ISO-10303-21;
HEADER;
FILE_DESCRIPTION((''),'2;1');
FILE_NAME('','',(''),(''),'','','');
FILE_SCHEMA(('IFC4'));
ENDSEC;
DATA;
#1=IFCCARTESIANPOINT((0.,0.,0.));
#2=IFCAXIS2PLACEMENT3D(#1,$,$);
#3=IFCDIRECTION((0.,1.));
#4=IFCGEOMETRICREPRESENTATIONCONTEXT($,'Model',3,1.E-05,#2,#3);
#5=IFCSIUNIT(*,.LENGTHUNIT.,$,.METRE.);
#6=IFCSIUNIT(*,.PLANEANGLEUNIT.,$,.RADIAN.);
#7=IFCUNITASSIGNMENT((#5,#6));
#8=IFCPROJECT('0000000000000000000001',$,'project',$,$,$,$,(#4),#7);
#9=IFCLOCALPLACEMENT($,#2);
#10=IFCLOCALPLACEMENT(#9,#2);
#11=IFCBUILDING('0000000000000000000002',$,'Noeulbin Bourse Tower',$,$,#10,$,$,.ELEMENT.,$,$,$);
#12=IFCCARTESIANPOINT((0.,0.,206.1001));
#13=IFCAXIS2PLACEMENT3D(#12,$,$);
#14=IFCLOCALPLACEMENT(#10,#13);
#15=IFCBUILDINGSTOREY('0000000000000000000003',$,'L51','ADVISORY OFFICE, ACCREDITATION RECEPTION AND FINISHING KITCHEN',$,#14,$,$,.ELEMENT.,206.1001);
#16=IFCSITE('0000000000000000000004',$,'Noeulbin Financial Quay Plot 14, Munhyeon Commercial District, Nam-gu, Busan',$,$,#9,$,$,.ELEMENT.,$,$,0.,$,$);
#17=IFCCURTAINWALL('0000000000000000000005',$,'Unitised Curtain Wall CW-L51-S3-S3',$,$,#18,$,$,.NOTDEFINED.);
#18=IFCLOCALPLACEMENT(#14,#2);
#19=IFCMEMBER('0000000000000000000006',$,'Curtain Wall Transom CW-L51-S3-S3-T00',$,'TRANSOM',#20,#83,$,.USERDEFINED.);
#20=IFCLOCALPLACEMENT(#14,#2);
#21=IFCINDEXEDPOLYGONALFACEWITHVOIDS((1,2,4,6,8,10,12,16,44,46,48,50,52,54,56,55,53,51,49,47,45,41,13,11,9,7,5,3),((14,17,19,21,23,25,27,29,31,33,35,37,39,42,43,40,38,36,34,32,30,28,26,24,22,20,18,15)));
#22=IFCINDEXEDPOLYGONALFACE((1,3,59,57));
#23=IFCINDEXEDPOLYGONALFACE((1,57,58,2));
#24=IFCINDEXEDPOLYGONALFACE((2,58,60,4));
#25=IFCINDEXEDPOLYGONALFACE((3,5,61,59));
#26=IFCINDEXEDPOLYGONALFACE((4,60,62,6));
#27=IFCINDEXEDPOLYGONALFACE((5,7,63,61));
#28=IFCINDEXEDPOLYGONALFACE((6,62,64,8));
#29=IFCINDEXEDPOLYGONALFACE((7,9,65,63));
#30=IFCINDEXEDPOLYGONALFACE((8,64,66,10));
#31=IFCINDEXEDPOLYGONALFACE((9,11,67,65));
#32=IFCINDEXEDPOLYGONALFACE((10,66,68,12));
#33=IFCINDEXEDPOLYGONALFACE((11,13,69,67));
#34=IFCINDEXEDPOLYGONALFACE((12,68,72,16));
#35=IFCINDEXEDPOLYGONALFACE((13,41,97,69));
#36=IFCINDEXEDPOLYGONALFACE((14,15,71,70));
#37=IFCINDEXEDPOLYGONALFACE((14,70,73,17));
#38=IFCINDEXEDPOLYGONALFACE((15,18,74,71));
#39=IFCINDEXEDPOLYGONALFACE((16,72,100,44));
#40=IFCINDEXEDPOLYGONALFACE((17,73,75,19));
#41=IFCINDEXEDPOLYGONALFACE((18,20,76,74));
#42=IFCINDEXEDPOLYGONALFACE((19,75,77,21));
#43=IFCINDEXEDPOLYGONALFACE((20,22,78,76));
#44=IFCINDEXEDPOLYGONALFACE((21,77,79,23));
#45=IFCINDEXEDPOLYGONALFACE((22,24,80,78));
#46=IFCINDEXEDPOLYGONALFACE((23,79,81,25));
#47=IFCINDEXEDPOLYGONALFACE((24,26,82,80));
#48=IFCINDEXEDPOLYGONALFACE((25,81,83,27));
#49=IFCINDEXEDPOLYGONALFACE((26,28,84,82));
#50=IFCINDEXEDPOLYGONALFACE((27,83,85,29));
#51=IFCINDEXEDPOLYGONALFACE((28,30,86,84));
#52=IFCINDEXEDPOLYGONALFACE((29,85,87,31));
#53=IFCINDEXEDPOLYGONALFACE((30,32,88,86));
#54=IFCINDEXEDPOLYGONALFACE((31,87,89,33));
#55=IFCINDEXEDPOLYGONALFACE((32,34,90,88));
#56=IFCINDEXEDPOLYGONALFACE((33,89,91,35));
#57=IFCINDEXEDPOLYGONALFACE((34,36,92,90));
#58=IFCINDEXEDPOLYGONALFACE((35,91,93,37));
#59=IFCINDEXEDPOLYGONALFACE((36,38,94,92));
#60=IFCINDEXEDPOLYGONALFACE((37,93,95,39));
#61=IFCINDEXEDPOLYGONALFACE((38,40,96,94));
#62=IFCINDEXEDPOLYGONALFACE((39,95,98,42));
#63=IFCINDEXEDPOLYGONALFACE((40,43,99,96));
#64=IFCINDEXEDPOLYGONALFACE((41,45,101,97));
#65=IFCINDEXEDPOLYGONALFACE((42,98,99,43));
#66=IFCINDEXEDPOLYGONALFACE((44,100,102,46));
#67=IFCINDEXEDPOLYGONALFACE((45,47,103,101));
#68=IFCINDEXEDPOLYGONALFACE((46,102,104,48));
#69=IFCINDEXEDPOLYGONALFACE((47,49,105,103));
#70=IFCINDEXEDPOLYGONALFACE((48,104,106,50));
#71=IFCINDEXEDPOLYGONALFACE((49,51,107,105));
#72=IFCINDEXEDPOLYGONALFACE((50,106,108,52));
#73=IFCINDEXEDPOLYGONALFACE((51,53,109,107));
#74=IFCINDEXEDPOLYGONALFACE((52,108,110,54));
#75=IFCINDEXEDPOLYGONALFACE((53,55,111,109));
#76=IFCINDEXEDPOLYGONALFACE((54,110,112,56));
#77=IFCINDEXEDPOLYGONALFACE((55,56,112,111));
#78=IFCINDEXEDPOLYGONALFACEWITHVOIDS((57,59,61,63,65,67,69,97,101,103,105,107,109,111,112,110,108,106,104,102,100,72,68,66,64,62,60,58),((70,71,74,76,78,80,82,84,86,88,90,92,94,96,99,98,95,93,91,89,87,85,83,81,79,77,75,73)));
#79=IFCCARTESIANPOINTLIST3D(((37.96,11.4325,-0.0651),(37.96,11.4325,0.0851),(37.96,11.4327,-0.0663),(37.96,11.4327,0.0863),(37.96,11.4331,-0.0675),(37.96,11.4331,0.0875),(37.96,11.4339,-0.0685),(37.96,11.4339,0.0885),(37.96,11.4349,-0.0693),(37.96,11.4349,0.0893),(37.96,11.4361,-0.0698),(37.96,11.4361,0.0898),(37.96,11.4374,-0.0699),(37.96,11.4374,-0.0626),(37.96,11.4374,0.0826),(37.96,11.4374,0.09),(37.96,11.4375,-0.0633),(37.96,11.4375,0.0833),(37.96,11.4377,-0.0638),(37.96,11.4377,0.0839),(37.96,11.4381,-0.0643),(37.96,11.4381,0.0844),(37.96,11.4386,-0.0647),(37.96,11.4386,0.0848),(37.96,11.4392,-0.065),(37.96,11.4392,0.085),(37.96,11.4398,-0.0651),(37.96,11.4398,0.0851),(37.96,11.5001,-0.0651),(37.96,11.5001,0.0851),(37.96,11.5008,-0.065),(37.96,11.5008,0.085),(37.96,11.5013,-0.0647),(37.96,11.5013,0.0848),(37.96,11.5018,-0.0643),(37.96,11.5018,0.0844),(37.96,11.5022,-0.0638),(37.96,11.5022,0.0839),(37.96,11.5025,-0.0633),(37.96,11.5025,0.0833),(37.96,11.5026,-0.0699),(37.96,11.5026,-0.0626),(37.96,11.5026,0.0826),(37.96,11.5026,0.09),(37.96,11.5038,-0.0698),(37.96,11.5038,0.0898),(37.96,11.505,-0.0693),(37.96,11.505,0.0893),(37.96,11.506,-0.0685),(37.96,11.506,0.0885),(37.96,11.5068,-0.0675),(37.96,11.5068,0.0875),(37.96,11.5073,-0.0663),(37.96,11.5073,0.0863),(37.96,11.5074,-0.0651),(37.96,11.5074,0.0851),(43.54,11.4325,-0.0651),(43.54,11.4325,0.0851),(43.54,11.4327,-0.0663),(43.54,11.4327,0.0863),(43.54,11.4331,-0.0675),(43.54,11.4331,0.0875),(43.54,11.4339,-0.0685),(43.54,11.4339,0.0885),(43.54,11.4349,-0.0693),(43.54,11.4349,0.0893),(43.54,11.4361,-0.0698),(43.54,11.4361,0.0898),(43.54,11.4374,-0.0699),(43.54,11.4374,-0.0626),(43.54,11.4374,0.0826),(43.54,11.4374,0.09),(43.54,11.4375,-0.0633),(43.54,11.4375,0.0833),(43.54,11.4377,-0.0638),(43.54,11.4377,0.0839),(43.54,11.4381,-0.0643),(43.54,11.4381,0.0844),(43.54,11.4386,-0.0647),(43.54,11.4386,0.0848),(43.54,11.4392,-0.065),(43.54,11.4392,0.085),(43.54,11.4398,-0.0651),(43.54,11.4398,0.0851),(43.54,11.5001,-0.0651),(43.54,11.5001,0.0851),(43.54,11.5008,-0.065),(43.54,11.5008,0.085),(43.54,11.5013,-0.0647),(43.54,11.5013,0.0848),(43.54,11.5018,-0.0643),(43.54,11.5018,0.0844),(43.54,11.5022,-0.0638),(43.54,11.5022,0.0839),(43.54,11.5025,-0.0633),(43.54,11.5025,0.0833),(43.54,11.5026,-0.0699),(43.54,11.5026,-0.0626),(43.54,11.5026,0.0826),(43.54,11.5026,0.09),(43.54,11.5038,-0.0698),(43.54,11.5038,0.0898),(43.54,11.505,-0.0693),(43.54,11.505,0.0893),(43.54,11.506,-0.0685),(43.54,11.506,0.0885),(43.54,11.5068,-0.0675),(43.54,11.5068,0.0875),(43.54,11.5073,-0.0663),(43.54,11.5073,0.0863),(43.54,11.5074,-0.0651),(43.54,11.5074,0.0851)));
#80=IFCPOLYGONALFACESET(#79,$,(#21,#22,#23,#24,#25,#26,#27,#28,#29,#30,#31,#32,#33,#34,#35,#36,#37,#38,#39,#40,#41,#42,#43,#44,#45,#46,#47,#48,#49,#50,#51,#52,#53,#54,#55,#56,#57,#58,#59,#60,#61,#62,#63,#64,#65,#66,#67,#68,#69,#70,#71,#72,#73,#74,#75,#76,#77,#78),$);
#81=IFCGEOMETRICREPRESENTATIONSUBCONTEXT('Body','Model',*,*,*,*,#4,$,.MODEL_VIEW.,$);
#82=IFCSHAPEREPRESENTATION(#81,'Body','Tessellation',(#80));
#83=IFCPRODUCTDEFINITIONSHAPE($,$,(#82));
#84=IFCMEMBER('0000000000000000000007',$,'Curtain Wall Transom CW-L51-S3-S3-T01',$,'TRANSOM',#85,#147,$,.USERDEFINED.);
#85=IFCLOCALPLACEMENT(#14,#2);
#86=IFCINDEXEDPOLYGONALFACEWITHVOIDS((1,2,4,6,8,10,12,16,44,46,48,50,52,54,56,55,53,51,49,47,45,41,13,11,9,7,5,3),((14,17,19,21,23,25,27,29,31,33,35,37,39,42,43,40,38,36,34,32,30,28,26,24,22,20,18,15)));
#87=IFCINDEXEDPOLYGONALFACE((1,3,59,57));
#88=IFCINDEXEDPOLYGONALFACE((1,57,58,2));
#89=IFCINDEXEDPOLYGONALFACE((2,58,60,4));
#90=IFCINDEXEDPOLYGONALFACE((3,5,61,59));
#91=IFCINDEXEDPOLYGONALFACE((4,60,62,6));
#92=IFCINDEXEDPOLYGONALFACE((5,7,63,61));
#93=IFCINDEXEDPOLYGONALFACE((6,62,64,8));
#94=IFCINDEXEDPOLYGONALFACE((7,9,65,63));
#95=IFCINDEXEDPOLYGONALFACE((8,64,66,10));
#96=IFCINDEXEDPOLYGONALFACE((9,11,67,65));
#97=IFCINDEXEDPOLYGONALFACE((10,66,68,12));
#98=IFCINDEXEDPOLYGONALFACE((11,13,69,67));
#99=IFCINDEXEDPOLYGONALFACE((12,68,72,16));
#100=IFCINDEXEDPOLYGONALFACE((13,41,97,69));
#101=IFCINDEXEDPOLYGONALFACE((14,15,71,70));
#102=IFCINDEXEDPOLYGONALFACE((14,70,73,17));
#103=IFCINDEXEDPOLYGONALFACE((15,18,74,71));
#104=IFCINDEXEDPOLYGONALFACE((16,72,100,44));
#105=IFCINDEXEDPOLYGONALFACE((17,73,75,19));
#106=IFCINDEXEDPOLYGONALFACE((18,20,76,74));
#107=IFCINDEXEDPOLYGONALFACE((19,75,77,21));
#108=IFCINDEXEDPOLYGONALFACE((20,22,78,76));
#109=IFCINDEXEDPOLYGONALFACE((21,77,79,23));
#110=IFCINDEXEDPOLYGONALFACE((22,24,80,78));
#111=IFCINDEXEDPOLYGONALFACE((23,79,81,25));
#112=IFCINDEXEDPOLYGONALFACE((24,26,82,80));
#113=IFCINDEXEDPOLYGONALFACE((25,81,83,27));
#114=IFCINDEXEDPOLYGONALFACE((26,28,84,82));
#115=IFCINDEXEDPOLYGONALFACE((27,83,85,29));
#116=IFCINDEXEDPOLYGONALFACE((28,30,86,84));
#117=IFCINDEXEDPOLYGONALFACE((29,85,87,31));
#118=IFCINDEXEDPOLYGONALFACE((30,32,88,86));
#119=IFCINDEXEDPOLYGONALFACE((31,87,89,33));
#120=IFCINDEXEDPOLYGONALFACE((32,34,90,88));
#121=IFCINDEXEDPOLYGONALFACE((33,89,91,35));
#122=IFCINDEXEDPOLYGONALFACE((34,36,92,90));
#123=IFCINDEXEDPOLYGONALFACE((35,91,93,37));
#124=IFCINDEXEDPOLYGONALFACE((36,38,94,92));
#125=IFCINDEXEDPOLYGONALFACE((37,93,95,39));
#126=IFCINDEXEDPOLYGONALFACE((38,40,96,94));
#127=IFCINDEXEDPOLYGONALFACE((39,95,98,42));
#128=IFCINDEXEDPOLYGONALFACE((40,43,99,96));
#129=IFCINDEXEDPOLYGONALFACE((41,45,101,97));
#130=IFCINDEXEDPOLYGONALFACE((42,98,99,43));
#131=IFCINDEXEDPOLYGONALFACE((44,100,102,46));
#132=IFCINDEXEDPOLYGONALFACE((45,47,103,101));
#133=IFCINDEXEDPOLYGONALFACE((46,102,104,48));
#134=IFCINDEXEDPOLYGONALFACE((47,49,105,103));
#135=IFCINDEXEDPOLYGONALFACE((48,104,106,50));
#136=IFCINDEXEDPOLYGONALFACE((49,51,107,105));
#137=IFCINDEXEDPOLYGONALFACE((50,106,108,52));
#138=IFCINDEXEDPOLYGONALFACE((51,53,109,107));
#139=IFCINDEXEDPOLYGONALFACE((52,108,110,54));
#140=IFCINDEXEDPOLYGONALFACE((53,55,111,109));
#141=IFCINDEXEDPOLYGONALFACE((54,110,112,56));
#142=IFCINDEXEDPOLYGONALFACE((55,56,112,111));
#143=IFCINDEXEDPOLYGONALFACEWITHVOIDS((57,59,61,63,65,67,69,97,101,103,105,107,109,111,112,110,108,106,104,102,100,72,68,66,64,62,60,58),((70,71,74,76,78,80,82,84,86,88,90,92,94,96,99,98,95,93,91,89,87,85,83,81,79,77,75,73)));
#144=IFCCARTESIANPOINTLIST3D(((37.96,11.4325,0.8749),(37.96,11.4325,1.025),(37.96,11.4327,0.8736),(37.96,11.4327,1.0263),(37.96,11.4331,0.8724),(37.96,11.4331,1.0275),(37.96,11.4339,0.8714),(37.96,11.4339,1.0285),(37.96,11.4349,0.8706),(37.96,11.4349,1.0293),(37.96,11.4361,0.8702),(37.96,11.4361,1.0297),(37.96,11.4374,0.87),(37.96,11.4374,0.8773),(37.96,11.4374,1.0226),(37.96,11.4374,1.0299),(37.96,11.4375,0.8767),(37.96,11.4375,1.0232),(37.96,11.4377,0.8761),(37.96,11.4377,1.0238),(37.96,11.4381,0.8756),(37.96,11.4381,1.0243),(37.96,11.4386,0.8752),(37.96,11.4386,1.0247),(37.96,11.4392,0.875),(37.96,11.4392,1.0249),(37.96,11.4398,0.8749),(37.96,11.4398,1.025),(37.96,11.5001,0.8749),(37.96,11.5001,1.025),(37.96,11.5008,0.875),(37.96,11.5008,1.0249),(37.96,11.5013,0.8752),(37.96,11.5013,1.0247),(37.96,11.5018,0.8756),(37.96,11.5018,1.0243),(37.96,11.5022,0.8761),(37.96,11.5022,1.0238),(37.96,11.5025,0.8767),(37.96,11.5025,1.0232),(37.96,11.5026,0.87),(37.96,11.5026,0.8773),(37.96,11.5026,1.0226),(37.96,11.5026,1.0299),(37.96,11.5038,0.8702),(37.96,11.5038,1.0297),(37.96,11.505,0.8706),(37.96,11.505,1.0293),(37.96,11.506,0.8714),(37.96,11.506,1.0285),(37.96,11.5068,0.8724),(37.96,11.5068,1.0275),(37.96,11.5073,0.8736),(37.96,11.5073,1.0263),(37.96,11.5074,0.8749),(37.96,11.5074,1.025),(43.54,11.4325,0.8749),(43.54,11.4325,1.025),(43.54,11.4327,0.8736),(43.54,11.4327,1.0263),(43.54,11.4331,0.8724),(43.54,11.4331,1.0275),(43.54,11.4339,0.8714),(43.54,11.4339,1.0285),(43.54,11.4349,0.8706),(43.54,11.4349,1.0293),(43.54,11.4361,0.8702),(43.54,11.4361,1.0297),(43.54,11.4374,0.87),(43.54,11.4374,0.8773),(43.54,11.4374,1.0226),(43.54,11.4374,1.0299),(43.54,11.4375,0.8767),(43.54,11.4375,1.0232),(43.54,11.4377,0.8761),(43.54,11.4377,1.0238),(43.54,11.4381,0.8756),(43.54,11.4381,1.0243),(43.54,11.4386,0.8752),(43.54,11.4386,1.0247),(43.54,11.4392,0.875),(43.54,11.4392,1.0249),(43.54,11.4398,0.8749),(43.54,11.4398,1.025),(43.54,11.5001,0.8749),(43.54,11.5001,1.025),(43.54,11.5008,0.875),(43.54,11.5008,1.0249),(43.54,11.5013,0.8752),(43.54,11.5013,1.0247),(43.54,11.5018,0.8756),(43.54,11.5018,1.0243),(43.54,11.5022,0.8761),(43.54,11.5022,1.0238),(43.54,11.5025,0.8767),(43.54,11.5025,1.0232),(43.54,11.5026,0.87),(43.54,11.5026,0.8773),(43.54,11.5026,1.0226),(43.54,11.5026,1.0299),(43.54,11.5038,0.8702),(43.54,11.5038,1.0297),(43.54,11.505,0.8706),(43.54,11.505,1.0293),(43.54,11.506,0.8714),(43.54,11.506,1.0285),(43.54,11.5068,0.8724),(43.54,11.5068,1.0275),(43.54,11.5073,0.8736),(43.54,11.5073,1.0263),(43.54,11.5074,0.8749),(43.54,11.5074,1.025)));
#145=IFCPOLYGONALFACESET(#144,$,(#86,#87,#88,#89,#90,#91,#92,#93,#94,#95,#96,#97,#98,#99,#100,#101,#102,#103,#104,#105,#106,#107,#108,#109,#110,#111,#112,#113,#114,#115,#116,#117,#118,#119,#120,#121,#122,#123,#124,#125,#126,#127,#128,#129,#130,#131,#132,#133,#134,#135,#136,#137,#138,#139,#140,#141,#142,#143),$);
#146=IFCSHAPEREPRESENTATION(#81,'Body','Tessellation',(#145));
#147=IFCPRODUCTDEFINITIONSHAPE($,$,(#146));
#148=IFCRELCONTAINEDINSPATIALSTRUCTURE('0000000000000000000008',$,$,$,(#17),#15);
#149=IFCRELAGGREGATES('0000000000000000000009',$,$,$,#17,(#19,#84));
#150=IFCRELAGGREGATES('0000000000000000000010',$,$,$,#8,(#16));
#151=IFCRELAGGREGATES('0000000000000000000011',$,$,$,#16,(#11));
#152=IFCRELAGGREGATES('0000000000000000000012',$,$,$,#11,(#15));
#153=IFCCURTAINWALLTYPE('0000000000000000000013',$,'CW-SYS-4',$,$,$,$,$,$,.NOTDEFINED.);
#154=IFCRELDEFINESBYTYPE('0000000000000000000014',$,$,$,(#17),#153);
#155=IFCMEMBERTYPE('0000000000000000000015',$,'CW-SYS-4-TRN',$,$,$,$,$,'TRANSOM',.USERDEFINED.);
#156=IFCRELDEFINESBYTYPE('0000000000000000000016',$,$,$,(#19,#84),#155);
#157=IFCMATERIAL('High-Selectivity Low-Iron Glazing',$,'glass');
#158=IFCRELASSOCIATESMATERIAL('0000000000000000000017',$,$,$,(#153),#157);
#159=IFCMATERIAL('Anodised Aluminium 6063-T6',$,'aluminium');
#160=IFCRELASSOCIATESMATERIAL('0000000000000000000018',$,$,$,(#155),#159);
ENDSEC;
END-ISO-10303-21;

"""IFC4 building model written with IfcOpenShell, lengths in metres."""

from ifc_helpers import new_model, si_unit, direction, frame, origin, origin_2d, place, context, subcontext, project, spatial, hollow_rectangle, extrude, material, material_profile, profile_set, type_object, element, aggregate, save


model = new_model("IFC4")

# Units and contexts
model_context = context("Model", 3, precision=1e-05, world=origin(), true_north=direction((0.0, 1.0)))
body_context = subcontext(model_context, "Body", "Model", "MODEL_VIEW")
ifc_project = project(units=[si_unit("LENGTHUNIT", "METRE"), si_unit("PLANEANGLEUNIT", "RADIAN")], contexts=[model_context])

# Site, building, storey
site_placement = place(None, origin())
site = spatial("IfcSite", under=ifc_project, at=site_placement, Name="Noeulbin Financial Quay Plot 14, Munhyeon Commercial District, Nam-gu, Busan", CompositionType="ELEMENT", RefElevation=0.0)
building_placement = place(site_placement, origin())
building = spatial("IfcBuilding", under=site, at=building_placement, Name="Noeulbin Bourse Tower", CompositionType="ELEMENT")
storey_placement = place(building_placement, frame((0.0, 0.0, 206.1001)))
storey = spatial("IfcBuildingStorey", under=building, at=storey_placement, Name="L51", Description="ADVISORY OFFICE, ACCREDITATION RECEPTION AND FINISHING KITCHEN", CompositionType="ELEMENT", Elevation=206.1001)

# Curtain wall, members
ifc_material_1 = material(Name="High-Selectivity Low-Iron Glazing", Category="glass")
curtain_wall_type = type_object("IfcCurtainWallType", Name="CW-SYS-4", PredefinedType="NOTDEFINED", material=ifc_material_1)
curtain_wall_placement = place(storey_placement, origin())
curtain_wall = element("IfcCurtainWall", 1, at=curtain_wall_placement, inside=storey, type_object=curtain_wall_type, Name="Unitised Curtain Wall CW-L51-S3-S3", PredefinedType="NOTDEFINED")
ifc_material_2 = material(Name="Anodised Aluminium 6063-T6", Category="aluminium")
ifc_material_profile_1 = material_profile(ifc_material_2, hollow_rectangle(XDim=0.075, YDim=0.1599, WallThickness=0.0049, InnerFilletRadius=0.0024, OuterFilletRadius=0.0049, at=origin_2d()), Name="ALU-TRAN-75x160x5", Category="LoadBearing")
ifc_profile_set_1 = profile_set([ifc_material_profile_1], Name="Anodised Aluminium 6063-T6")
member_type_1 = type_object("IfcMemberType", Name="CW-SYS-4-TRN", ElementType="TRANSOM", PredefinedType="USERDEFINED", material=ifc_profile_set_1)
member_1_placement = place(storey_placement, frame((37.96, 11.47, 0.01), z_axis=(1.0, 0.0, 0.0), x_axis=(0.0, 1.0, 0.0)))
member_1 = element("IfcMember", 2, at=member_1_placement, type_object=member_type_1, Name="Curtain Wall Transom CW-L51-S3-S3-T00", ObjectType="TRANSOM", PredefinedType="USERDEFINED", context=body_context, shape_type="SweptSolid", body=[
    extrude(hollow_rectangle(XDim=0.075, YDim=0.1599, WallThickness=0.0049, InnerFilletRadius=0.0024, OuterFilletRadius=0.0049, at=origin_2d()), origin(), (0.0, 0.0, 1.0), 5.5801),
])
member_2_placement = place(storey_placement, frame((37.96, 11.47, 0.95), z_axis=(1.0, 0.0, 0.0), x_axis=(0.0, 1.0, 0.0)))
member_2 = element("IfcMember", 3, at=member_2_placement, type_object=member_type_1, Name="Curtain Wall Transom CW-L51-S3-S3-T01", ObjectType="TRANSOM", PredefinedType="USERDEFINED", context=body_context, shape_type="SweptSolid", body=[
    extrude(hollow_rectangle(XDim=0.075, YDim=0.1599, WallThickness=0.0049, InnerFilletRadius=0.0024, OuterFilletRadius=0.0049, at=origin_2d()), origin(), (0.0, 0.0, 1.0), 5.5801),
])
aggregate(curtain_wall, [member_1, member_2])

save(model, "model.ifc")
